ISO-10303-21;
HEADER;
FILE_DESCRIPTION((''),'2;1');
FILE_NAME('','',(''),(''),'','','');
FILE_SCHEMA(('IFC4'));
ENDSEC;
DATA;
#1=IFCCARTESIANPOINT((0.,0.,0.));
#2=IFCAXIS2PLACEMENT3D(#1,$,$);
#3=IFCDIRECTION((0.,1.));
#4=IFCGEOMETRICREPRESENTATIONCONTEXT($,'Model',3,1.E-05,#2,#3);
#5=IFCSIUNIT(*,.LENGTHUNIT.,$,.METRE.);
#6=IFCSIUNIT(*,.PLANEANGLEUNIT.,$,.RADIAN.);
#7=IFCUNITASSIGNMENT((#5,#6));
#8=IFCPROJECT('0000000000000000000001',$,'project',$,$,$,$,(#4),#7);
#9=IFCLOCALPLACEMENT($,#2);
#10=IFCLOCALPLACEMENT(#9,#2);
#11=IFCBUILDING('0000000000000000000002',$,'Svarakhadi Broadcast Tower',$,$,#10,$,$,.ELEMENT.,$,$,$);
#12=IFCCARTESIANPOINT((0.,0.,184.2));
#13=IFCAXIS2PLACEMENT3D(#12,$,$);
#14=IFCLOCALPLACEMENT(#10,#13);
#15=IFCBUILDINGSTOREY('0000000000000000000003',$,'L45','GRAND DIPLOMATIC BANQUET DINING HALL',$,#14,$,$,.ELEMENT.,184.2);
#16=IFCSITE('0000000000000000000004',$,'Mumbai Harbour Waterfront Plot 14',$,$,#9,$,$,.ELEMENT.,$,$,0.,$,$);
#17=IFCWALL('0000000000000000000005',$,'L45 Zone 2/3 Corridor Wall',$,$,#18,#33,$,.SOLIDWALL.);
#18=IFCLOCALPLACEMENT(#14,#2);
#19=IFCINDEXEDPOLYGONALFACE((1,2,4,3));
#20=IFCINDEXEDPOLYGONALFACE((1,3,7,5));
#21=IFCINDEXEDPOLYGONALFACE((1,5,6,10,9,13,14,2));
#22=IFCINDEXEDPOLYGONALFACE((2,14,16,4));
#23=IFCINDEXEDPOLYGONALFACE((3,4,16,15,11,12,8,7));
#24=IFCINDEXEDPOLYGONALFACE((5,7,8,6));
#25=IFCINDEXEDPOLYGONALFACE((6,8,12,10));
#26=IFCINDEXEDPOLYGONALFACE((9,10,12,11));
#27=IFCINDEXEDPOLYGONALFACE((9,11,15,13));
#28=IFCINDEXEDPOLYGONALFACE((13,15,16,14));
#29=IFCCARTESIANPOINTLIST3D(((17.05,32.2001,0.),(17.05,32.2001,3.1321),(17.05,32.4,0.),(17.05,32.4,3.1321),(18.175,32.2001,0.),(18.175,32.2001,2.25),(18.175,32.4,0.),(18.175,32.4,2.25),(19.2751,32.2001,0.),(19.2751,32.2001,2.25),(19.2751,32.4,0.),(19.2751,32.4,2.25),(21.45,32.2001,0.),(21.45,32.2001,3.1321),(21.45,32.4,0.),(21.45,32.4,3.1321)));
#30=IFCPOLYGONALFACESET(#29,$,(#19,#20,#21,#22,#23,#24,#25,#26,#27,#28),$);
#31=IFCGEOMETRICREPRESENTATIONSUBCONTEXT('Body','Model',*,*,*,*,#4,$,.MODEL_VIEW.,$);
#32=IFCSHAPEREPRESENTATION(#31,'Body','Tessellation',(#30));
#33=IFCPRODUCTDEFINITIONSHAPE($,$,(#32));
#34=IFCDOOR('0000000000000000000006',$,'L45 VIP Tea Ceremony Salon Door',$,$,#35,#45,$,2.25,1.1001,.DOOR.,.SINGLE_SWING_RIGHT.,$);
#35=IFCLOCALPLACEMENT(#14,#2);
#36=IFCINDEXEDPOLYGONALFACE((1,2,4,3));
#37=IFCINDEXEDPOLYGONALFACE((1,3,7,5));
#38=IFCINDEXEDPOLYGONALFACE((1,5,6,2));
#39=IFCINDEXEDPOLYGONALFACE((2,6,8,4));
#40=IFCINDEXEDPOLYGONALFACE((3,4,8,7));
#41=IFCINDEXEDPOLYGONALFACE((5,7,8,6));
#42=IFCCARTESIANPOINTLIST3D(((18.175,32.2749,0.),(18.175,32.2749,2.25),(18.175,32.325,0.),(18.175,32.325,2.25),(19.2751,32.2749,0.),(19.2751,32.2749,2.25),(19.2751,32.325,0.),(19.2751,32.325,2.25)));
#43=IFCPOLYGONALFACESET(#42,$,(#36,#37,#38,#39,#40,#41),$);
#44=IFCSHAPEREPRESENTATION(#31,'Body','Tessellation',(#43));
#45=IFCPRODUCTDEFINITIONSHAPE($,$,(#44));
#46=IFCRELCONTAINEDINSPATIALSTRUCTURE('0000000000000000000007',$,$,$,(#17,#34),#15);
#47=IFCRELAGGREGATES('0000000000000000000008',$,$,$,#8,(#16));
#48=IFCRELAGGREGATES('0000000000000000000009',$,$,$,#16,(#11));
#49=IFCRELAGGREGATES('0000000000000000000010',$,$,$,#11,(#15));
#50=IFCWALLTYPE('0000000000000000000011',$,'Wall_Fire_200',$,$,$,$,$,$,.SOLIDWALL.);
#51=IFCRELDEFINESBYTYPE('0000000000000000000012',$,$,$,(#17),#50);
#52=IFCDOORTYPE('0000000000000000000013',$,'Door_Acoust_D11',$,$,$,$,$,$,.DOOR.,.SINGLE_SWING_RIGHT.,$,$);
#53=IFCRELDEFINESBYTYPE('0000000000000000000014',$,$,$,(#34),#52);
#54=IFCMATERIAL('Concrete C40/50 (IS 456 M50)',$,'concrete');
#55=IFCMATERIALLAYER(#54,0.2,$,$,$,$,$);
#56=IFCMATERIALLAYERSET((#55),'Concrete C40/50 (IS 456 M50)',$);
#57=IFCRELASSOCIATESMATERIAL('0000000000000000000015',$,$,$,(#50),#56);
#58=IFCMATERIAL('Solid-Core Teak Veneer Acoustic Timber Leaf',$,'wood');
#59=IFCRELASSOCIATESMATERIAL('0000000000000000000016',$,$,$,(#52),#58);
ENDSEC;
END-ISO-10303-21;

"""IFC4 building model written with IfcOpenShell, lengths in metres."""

from ifc_helpers import new_model, si_unit, direction, frame, frame_2d, origin, place, context, subcontext, project, spatial, rectangle, extrude, material, layer, layer_set, type_object, element, fill, save


model = new_model("IFC4")

# Units and contexts
model_context = context("Model", 3, precision=1e-05, world=origin(), true_north=direction((0.0, 1.0)))
body_context = subcontext(model_context, "Body", "Model", "MODEL_VIEW")
ifc_project = project(units=[si_unit("LENGTHUNIT", "METRE"), si_unit("PLANEANGLEUNIT", "RADIAN")], contexts=[model_context])

# Site, building, storey
site_placement = place(None, origin())
site = spatial("IfcSite", under=ifc_project, at=site_placement, Name="Mumbai Harbour Waterfront Plot 14", CompositionType="ELEMENT", RefElevation=0.0)
building_placement = place(site_placement, origin())
building = spatial("IfcBuilding", under=site, at=building_placement, Name="Svarakhadi Broadcast Tower", CompositionType="ELEMENT")
storey_placement = place(building_placement, frame((0.0, 0.0, 184.2)))
storey = spatial("IfcBuildingStorey", under=building, at=storey_placement, Name="L45", Description="GRAND DIPLOMATIC BANQUET DINING HALL", CompositionType="ELEMENT", Elevation=184.2)

# Shared definitions
ifc_material_1 = material(Name="Concrete C40/50 (IS 456 M50)", Category="concrete")
ifc_layer_1 = layer(ifc_material_1, 0.2)
ifc_layer_set_1 = layer_set([ifc_layer_1], Name="Concrete C40/50 (IS 456 M50)")
wall_type_1 = type_object("IfcWallType", Name="Wall_Fire_200", PredefinedType="SOLIDWALL", material=ifc_layer_set_1)

# Shared definitions
ifc_material_2 = material(Name="Solid-Core Teak Veneer Acoustic Timber Leaf", Category="wood")
door_type_1 = type_object("IfcDoorType", Name="Door_Acoust_D11", OperationType="SINGLE_SWING_RIGHT", PredefinedType="DOOR", material=ifc_material_2)

# Wall, opening, door
wall_1_placement = place(storey_placement, frame((17.05, 32.3, 0.0), z_axis=(0.0, 0.0, 1.0), x_axis=(1.0, 0.0, 0.0)))
wall_1 = element("IfcWall", 1, at=wall_1_placement, inside=storey, type_object=wall_type_1, Name="L45 Zone 2/3 Corridor Wall", PredefinedType="SOLIDWALL", context=body_context, shape_type="SweptSolid", body=[
    extrude(rectangle(XDim=4.3999, YDim=0.2, at=frame_2d((2.2, 0.0))), origin(), (0.0, 0.0, 1.0), 3.1321),
])
opening_1_placement = place(wall_1_placement, frame((1.125, 0.0, 0.0)))
opening_1 = element("IfcOpeningElement", 2, at=opening_1_placement, cuts=wall_1, PredefinedType="OPENING", context=body_context, shape_type="SweptSolid", body=[
    extrude(rectangle(XDim=1.1001, YDim=2.25, at=frame_2d((0.55, 1.125))), frame((0.0, 0.1099, 0.0), z_axis=(0.0, -1.0, 0.0), x_axis=(1.0, 0.0, 0.0)), (0.0, 0.0, 1.0), 0.22),
])
door_1_placement = place(opening_1_placement, origin())
door_1 = element("IfcDoor", 3, at=door_1_placement, inside=storey, type_object=door_type_1, Name="L45 VIP Tea Ceremony Salon Door", OperationType="SINGLE_SWING_RIGHT", OverallHeight=2.25, OverallWidth=1.1001, PredefinedType="DOOR", context=body_context, shape_type="SweptSolid", body=[
    extrude(rectangle(XDim=1.1001, YDim=2.25, at=frame_2d((0.55, 1.125))), frame((0.0, 0.0249, 0.0), z_axis=(0.0, -1.0, 0.0), x_axis=(1.0, 0.0, 0.0)), (0.0, 0.0, 1.0), 0.05),
])
fill(opening_1, door_1)

save(model, "model.ifc")
